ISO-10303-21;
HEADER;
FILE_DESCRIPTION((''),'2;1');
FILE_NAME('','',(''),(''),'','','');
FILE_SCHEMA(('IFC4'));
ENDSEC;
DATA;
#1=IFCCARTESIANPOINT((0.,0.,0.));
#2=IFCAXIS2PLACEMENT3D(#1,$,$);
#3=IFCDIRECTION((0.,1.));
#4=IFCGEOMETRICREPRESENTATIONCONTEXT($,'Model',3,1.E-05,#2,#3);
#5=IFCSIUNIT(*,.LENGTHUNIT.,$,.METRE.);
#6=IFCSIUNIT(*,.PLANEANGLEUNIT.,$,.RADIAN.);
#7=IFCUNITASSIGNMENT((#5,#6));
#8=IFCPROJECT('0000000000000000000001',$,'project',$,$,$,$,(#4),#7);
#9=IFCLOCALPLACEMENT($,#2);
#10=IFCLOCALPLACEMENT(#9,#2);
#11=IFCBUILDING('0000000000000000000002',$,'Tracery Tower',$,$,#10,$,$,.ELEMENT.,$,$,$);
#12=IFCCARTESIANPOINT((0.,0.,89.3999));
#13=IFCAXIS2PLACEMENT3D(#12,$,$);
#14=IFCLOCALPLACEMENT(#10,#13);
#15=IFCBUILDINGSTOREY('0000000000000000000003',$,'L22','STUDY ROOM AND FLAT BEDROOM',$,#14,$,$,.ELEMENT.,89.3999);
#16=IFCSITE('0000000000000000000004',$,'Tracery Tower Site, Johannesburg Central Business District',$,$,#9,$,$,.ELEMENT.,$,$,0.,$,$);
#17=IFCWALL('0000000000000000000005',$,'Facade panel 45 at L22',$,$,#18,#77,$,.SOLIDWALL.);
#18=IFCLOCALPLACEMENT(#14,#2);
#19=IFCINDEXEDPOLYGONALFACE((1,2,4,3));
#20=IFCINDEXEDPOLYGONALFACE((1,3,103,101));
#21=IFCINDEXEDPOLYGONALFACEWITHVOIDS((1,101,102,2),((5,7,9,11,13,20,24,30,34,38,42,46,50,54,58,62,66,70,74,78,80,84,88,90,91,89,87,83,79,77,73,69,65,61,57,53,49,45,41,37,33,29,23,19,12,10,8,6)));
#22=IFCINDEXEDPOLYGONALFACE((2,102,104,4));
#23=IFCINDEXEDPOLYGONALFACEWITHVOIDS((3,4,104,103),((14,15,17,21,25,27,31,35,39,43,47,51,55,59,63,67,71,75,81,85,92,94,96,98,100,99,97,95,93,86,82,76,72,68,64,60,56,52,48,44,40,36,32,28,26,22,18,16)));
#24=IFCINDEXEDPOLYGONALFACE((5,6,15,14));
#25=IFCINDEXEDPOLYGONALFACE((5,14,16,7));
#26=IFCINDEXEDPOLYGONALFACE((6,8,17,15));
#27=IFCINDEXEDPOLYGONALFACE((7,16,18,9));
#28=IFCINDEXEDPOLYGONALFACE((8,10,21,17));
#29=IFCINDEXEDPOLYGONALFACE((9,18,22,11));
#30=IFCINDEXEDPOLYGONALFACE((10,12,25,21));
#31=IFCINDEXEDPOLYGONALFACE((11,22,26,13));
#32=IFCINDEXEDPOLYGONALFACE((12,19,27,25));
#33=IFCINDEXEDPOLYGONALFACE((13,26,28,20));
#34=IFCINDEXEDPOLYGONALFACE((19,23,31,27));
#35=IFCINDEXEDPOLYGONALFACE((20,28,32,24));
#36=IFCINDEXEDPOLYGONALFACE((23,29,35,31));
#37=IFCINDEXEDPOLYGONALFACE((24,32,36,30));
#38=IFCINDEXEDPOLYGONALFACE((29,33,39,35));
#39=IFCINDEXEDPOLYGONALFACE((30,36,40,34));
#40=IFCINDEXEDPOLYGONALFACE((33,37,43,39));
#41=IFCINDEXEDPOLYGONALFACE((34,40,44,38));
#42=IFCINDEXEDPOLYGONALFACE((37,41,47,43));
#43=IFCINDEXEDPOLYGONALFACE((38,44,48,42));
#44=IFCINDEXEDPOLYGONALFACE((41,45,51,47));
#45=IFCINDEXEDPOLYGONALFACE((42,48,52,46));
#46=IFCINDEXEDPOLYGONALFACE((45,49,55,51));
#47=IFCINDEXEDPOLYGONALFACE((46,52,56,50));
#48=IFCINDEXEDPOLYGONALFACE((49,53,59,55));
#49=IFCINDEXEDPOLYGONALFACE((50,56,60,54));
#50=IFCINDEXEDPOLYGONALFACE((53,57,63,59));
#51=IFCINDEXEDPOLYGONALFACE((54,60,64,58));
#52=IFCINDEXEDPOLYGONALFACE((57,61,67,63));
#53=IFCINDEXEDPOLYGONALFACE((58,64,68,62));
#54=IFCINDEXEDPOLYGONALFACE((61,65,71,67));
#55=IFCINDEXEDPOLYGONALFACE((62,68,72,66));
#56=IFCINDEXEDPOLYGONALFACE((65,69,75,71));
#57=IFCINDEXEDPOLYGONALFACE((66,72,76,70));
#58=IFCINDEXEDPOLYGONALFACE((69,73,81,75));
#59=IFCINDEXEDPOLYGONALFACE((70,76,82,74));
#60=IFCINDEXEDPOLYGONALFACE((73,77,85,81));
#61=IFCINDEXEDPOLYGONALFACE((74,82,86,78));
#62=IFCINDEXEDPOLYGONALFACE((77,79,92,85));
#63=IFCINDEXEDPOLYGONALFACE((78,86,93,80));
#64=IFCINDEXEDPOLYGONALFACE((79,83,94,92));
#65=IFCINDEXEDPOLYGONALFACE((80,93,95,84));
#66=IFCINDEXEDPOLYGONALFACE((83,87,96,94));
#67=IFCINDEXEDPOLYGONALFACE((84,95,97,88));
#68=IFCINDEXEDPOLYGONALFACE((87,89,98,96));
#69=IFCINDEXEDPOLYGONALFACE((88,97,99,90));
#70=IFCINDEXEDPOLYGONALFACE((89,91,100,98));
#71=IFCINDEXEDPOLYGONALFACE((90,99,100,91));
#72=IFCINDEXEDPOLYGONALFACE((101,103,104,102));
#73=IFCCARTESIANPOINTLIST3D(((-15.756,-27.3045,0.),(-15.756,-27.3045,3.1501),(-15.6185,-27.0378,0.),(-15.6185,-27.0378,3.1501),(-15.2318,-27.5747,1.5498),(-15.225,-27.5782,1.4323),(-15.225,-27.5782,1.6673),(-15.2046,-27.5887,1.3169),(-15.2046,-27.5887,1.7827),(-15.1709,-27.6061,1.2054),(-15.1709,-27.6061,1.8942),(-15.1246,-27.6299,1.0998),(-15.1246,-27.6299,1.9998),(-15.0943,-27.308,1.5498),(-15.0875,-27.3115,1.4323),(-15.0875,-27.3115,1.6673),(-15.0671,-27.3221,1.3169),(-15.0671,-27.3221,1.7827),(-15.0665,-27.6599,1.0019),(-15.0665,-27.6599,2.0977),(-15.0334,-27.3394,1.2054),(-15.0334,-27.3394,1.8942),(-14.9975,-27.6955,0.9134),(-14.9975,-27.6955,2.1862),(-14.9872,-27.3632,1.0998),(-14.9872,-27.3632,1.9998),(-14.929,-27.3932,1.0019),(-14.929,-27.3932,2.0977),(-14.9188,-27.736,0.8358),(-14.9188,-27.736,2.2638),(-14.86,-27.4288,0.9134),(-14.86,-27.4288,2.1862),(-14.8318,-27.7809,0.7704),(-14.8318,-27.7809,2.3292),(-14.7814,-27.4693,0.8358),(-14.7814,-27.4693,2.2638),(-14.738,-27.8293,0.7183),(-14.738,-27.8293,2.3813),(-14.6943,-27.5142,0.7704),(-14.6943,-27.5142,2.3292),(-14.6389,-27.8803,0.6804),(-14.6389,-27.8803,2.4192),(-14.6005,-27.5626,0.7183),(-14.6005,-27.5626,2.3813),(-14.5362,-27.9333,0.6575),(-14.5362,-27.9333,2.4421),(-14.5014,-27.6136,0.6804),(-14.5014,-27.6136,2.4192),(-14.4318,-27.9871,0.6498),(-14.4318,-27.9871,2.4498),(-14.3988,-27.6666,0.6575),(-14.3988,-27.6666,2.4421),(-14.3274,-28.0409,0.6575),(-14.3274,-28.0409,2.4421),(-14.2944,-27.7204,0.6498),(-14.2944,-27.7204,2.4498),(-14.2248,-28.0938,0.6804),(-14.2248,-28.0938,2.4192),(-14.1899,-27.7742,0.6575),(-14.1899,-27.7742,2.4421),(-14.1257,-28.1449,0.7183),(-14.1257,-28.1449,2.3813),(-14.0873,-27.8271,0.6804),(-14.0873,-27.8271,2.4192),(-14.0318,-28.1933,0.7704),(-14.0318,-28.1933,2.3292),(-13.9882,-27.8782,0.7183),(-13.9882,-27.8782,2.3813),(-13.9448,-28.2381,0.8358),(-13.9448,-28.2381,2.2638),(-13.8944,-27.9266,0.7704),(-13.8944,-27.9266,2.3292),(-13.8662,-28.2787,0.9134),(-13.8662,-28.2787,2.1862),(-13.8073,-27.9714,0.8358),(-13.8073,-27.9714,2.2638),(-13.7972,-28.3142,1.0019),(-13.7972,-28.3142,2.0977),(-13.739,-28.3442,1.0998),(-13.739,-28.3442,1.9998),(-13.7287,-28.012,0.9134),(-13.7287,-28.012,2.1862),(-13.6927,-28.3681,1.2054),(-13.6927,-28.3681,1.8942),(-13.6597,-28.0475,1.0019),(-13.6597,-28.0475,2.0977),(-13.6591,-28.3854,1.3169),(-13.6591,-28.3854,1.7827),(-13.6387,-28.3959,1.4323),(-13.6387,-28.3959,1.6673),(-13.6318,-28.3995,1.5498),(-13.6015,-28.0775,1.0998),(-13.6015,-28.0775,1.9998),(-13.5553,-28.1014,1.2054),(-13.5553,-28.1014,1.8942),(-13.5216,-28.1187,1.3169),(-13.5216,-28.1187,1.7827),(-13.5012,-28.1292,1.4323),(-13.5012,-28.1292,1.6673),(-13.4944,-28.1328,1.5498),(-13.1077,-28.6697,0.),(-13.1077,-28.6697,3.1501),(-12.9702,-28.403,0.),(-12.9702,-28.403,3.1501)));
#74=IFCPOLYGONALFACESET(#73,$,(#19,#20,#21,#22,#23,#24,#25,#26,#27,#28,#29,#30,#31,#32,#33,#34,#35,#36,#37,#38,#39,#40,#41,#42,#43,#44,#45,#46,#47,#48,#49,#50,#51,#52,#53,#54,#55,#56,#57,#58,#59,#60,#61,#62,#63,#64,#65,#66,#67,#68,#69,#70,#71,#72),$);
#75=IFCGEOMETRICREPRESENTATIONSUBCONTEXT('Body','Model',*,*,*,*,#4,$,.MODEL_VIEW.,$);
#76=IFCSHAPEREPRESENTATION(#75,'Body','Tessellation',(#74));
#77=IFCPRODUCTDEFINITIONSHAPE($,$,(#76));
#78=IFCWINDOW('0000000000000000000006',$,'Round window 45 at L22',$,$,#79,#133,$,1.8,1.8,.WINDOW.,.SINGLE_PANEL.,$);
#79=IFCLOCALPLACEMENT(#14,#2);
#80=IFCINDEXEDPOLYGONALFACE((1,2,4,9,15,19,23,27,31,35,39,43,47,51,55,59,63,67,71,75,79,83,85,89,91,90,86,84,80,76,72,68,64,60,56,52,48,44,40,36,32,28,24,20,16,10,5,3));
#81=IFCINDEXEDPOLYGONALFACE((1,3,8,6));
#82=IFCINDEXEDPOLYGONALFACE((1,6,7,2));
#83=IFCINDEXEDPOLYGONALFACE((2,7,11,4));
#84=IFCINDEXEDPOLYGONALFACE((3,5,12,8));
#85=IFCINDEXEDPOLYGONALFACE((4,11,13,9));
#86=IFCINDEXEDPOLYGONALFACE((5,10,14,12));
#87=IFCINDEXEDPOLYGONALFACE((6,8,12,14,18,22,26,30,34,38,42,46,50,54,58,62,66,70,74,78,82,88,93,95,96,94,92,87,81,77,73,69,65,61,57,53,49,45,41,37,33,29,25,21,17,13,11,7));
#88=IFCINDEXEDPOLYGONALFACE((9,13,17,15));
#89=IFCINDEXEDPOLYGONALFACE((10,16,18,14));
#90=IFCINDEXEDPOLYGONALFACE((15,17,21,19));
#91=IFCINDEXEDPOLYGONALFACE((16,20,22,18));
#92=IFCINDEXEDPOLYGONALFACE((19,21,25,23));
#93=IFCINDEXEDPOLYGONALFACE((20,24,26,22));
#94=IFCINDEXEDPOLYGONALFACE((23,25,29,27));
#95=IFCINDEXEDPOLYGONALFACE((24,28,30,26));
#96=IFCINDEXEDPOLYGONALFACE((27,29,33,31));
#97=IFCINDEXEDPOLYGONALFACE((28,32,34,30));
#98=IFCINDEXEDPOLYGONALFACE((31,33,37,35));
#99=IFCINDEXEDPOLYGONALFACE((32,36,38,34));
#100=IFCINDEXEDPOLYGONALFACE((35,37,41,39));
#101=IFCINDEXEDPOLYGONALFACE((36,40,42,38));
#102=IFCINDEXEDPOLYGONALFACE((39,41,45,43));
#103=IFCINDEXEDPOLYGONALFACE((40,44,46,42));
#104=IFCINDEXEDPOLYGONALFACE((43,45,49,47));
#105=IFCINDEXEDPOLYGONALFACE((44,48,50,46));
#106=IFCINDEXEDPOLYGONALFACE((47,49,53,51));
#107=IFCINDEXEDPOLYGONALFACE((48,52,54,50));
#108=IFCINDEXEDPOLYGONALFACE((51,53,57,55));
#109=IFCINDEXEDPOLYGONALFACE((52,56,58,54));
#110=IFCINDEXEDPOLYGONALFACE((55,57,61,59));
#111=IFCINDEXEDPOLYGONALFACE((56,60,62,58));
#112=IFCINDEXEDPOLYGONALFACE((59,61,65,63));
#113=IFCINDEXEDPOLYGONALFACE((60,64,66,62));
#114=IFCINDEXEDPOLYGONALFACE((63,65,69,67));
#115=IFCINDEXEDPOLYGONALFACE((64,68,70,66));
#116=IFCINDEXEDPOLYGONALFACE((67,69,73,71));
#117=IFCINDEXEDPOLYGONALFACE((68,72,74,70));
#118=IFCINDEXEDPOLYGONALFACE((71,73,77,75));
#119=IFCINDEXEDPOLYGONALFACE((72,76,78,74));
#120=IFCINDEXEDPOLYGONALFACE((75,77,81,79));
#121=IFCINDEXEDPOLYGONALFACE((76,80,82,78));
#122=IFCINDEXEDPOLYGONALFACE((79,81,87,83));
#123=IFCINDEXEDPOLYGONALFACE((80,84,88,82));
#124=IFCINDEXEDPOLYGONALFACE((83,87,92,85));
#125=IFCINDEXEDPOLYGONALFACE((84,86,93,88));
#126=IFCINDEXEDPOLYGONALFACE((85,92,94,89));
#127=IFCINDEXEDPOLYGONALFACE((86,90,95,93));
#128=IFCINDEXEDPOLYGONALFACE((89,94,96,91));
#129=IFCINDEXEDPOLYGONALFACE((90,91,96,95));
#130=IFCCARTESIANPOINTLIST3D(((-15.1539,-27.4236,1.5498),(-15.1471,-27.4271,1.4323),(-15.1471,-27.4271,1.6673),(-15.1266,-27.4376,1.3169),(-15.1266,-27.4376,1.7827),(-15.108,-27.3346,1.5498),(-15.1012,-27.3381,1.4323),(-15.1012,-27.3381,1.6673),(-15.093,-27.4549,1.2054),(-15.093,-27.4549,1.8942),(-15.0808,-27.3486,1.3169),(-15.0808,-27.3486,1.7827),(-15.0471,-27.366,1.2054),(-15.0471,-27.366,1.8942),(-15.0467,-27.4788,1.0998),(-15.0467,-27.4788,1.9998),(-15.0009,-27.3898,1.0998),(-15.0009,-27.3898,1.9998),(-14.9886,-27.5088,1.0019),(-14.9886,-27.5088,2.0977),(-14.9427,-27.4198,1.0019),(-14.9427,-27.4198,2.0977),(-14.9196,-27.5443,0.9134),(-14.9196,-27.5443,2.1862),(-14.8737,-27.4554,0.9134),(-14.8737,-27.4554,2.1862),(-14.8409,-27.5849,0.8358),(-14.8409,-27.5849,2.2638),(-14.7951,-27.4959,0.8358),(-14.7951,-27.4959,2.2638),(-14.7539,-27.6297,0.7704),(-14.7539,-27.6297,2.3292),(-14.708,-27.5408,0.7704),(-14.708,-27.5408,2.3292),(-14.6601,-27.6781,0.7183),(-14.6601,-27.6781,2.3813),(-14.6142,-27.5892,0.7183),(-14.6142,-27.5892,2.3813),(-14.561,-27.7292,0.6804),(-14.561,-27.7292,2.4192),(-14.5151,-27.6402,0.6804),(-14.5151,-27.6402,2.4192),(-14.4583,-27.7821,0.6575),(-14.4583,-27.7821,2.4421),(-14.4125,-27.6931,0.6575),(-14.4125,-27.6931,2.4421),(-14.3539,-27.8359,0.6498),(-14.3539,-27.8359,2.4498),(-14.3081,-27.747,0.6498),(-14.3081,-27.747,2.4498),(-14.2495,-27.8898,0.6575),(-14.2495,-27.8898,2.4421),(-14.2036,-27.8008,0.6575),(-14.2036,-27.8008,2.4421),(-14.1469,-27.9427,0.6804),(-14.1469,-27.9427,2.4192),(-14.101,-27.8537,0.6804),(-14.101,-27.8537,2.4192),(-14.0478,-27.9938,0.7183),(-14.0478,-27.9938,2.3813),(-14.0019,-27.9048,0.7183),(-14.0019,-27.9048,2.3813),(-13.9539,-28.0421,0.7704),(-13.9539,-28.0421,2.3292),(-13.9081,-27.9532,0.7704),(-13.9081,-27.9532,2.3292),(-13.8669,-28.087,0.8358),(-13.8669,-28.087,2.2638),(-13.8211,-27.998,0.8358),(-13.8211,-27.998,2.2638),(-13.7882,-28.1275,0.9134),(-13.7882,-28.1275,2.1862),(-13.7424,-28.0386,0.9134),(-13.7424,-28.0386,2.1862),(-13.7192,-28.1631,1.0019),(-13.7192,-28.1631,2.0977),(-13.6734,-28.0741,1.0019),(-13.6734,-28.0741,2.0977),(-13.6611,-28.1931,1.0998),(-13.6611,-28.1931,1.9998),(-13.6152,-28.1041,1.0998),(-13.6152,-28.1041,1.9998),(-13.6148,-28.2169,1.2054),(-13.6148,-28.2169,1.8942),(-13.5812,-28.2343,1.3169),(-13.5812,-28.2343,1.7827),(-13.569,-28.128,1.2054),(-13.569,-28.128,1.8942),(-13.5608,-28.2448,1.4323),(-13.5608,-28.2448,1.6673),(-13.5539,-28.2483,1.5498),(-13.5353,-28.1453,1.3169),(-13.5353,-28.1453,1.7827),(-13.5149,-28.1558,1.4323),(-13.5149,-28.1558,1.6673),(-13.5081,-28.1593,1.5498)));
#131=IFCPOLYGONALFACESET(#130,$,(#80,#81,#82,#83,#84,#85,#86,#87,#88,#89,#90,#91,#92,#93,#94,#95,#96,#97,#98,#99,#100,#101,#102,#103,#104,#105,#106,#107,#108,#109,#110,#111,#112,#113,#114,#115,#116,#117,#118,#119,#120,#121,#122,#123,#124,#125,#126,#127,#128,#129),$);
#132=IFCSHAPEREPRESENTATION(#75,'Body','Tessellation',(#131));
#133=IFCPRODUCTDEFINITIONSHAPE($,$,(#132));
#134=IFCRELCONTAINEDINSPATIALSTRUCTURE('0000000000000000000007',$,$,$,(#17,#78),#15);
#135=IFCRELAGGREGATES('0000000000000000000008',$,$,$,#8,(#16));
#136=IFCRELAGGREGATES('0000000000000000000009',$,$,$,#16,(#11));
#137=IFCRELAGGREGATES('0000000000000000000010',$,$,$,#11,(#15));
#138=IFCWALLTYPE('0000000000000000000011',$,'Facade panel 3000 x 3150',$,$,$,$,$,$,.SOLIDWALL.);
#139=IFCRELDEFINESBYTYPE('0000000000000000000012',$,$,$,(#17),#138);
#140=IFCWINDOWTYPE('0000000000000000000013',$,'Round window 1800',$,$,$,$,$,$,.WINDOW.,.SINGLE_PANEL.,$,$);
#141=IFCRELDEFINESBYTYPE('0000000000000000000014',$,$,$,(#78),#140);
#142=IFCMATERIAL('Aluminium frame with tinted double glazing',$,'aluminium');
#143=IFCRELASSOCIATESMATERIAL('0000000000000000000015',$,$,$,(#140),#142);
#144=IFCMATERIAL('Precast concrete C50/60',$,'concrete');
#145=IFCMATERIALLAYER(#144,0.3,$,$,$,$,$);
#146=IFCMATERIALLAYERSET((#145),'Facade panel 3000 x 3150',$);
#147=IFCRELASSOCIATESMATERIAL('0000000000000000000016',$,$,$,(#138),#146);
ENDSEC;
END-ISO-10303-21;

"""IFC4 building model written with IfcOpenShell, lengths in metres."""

from ifc_helpers import new_model, si_unit, direction, frame, frame_2d, origin, origin_2d, place, context, subcontext, project, spatial, rectangle, circle, extrude, material, layer, layer_set, type_object, element, fill, save


model = new_model("IFC4")

# Units and contexts
model_context = context("Model", 3, precision=1e-05, world=origin(), true_north=direction((0.0, 1.0)))
body_context = subcontext(model_context, "Body", "Model", "MODEL_VIEW")
ifc_project = project(units=[si_unit("LENGTHUNIT", "METRE"), si_unit("PLANEANGLEUNIT", "RADIAN")], contexts=[model_context])

# Site, building, storey
site_placement = place(None, origin())
site = spatial("IfcSite", under=ifc_project, at=site_placement, Name="Tracery Tower Site, Johannesburg Central Business District", CompositionType="ELEMENT", RefElevation=0.0)
building_placement = place(site_placement, origin())
building = spatial("IfcBuilding", under=site, at=building_placement, Name="Tracery Tower", CompositionType="ELEMENT")
storey_placement = place(building_placement, frame((0.0, 0.0, 89.3999)))
storey = spatial("IfcBuildingStorey", under=building, at=storey_placement, Name="L22", Description="STUDY ROOM AND FLAT BEDROOM", CompositionType="ELEMENT", Elevation=89.3999)

# Wall, opening, window
ifc_material_1 = material(Name="Aluminium frame with tinted double glazing", Category="aluminium")
window_type = type_object("IfcWindowType", Name="Round window 1800", PartitioningType="SINGLE_PANEL", PredefinedType="WINDOW", material=ifc_material_1)
ifc_material_2 = material(Name="Precast concrete C50/60", Category="concrete")
ifc_layer_1 = layer(ifc_material_2, 0.3)
ifc_layer_set_1 = layer_set([ifc_layer_1], Name="Facade panel 3000 x 3150")
wall_type_1 = type_object("IfcWallType", Name="Facade panel 3000 x 3150", PredefinedType="SOLIDWALL", material=ifc_layer_set_1)
wall_1_placement = place(storey_placement, frame((-15.6873, -27.1711, 0.0), z_axis=(0.0, 0.0, 1.0), x_axis=(0.888853, -0.458192, 0.0)))
wall_1 = element("IfcWall", 1, at=wall_1_placement, inside=storey, type_object=wall_type_1, Name="Facade panel 45 at L22", PredefinedType="SOLIDWALL", context=body_context, shape_type="SweptSolid", body=[
    extrude(rectangle(XDim=2.9795, YDim=0.3, at=frame_2d((1.4897, 0.0))), origin(), (0.0, 0.0, 1.0), 3.1501),
])
opening_1_placement = place(wall_1_placement, frame((1.4897, 0.0, 1.5498)))
opening_1 = element("IfcOpeningElement", 2, at=opening_1_placement, cuts=wall_1, PredefinedType="OPENING", context=body_context, shape_type="SweptSolid", body=[
    extrude(circle(Radius=0.9, at=origin_2d()), frame((0.0, 0.1599, 0.0), z_axis=(0.0, -1.0, 0.0), x_axis=(1.0, 0.0, 0.0)), (0.0, 0.0, 1.0), 0.3201),
])
window_1_placement = place(opening_1_placement, origin())
window_1 = element("IfcWindow", 3, at=window_1_placement, inside=storey, type_object=window_type, Name="Round window 45 at L22", OverallHeight=1.8, OverallWidth=1.8, PartitioningType="SINGLE_PANEL", PredefinedType="WINDOW", context=body_context, shape_type="SweptSolid", body=[
    extrude(circle(Radius=0.9, at=origin_2d()), frame((0.0, 0.1201, 0.0), z_axis=(0.0, -1.0, 0.0), x_axis=(1.0, 0.0, 0.0)), (0.0, 0.0, 1.0), 0.1001),
])
fill(opening_1, window_1)

save(model, "model.ifc")
